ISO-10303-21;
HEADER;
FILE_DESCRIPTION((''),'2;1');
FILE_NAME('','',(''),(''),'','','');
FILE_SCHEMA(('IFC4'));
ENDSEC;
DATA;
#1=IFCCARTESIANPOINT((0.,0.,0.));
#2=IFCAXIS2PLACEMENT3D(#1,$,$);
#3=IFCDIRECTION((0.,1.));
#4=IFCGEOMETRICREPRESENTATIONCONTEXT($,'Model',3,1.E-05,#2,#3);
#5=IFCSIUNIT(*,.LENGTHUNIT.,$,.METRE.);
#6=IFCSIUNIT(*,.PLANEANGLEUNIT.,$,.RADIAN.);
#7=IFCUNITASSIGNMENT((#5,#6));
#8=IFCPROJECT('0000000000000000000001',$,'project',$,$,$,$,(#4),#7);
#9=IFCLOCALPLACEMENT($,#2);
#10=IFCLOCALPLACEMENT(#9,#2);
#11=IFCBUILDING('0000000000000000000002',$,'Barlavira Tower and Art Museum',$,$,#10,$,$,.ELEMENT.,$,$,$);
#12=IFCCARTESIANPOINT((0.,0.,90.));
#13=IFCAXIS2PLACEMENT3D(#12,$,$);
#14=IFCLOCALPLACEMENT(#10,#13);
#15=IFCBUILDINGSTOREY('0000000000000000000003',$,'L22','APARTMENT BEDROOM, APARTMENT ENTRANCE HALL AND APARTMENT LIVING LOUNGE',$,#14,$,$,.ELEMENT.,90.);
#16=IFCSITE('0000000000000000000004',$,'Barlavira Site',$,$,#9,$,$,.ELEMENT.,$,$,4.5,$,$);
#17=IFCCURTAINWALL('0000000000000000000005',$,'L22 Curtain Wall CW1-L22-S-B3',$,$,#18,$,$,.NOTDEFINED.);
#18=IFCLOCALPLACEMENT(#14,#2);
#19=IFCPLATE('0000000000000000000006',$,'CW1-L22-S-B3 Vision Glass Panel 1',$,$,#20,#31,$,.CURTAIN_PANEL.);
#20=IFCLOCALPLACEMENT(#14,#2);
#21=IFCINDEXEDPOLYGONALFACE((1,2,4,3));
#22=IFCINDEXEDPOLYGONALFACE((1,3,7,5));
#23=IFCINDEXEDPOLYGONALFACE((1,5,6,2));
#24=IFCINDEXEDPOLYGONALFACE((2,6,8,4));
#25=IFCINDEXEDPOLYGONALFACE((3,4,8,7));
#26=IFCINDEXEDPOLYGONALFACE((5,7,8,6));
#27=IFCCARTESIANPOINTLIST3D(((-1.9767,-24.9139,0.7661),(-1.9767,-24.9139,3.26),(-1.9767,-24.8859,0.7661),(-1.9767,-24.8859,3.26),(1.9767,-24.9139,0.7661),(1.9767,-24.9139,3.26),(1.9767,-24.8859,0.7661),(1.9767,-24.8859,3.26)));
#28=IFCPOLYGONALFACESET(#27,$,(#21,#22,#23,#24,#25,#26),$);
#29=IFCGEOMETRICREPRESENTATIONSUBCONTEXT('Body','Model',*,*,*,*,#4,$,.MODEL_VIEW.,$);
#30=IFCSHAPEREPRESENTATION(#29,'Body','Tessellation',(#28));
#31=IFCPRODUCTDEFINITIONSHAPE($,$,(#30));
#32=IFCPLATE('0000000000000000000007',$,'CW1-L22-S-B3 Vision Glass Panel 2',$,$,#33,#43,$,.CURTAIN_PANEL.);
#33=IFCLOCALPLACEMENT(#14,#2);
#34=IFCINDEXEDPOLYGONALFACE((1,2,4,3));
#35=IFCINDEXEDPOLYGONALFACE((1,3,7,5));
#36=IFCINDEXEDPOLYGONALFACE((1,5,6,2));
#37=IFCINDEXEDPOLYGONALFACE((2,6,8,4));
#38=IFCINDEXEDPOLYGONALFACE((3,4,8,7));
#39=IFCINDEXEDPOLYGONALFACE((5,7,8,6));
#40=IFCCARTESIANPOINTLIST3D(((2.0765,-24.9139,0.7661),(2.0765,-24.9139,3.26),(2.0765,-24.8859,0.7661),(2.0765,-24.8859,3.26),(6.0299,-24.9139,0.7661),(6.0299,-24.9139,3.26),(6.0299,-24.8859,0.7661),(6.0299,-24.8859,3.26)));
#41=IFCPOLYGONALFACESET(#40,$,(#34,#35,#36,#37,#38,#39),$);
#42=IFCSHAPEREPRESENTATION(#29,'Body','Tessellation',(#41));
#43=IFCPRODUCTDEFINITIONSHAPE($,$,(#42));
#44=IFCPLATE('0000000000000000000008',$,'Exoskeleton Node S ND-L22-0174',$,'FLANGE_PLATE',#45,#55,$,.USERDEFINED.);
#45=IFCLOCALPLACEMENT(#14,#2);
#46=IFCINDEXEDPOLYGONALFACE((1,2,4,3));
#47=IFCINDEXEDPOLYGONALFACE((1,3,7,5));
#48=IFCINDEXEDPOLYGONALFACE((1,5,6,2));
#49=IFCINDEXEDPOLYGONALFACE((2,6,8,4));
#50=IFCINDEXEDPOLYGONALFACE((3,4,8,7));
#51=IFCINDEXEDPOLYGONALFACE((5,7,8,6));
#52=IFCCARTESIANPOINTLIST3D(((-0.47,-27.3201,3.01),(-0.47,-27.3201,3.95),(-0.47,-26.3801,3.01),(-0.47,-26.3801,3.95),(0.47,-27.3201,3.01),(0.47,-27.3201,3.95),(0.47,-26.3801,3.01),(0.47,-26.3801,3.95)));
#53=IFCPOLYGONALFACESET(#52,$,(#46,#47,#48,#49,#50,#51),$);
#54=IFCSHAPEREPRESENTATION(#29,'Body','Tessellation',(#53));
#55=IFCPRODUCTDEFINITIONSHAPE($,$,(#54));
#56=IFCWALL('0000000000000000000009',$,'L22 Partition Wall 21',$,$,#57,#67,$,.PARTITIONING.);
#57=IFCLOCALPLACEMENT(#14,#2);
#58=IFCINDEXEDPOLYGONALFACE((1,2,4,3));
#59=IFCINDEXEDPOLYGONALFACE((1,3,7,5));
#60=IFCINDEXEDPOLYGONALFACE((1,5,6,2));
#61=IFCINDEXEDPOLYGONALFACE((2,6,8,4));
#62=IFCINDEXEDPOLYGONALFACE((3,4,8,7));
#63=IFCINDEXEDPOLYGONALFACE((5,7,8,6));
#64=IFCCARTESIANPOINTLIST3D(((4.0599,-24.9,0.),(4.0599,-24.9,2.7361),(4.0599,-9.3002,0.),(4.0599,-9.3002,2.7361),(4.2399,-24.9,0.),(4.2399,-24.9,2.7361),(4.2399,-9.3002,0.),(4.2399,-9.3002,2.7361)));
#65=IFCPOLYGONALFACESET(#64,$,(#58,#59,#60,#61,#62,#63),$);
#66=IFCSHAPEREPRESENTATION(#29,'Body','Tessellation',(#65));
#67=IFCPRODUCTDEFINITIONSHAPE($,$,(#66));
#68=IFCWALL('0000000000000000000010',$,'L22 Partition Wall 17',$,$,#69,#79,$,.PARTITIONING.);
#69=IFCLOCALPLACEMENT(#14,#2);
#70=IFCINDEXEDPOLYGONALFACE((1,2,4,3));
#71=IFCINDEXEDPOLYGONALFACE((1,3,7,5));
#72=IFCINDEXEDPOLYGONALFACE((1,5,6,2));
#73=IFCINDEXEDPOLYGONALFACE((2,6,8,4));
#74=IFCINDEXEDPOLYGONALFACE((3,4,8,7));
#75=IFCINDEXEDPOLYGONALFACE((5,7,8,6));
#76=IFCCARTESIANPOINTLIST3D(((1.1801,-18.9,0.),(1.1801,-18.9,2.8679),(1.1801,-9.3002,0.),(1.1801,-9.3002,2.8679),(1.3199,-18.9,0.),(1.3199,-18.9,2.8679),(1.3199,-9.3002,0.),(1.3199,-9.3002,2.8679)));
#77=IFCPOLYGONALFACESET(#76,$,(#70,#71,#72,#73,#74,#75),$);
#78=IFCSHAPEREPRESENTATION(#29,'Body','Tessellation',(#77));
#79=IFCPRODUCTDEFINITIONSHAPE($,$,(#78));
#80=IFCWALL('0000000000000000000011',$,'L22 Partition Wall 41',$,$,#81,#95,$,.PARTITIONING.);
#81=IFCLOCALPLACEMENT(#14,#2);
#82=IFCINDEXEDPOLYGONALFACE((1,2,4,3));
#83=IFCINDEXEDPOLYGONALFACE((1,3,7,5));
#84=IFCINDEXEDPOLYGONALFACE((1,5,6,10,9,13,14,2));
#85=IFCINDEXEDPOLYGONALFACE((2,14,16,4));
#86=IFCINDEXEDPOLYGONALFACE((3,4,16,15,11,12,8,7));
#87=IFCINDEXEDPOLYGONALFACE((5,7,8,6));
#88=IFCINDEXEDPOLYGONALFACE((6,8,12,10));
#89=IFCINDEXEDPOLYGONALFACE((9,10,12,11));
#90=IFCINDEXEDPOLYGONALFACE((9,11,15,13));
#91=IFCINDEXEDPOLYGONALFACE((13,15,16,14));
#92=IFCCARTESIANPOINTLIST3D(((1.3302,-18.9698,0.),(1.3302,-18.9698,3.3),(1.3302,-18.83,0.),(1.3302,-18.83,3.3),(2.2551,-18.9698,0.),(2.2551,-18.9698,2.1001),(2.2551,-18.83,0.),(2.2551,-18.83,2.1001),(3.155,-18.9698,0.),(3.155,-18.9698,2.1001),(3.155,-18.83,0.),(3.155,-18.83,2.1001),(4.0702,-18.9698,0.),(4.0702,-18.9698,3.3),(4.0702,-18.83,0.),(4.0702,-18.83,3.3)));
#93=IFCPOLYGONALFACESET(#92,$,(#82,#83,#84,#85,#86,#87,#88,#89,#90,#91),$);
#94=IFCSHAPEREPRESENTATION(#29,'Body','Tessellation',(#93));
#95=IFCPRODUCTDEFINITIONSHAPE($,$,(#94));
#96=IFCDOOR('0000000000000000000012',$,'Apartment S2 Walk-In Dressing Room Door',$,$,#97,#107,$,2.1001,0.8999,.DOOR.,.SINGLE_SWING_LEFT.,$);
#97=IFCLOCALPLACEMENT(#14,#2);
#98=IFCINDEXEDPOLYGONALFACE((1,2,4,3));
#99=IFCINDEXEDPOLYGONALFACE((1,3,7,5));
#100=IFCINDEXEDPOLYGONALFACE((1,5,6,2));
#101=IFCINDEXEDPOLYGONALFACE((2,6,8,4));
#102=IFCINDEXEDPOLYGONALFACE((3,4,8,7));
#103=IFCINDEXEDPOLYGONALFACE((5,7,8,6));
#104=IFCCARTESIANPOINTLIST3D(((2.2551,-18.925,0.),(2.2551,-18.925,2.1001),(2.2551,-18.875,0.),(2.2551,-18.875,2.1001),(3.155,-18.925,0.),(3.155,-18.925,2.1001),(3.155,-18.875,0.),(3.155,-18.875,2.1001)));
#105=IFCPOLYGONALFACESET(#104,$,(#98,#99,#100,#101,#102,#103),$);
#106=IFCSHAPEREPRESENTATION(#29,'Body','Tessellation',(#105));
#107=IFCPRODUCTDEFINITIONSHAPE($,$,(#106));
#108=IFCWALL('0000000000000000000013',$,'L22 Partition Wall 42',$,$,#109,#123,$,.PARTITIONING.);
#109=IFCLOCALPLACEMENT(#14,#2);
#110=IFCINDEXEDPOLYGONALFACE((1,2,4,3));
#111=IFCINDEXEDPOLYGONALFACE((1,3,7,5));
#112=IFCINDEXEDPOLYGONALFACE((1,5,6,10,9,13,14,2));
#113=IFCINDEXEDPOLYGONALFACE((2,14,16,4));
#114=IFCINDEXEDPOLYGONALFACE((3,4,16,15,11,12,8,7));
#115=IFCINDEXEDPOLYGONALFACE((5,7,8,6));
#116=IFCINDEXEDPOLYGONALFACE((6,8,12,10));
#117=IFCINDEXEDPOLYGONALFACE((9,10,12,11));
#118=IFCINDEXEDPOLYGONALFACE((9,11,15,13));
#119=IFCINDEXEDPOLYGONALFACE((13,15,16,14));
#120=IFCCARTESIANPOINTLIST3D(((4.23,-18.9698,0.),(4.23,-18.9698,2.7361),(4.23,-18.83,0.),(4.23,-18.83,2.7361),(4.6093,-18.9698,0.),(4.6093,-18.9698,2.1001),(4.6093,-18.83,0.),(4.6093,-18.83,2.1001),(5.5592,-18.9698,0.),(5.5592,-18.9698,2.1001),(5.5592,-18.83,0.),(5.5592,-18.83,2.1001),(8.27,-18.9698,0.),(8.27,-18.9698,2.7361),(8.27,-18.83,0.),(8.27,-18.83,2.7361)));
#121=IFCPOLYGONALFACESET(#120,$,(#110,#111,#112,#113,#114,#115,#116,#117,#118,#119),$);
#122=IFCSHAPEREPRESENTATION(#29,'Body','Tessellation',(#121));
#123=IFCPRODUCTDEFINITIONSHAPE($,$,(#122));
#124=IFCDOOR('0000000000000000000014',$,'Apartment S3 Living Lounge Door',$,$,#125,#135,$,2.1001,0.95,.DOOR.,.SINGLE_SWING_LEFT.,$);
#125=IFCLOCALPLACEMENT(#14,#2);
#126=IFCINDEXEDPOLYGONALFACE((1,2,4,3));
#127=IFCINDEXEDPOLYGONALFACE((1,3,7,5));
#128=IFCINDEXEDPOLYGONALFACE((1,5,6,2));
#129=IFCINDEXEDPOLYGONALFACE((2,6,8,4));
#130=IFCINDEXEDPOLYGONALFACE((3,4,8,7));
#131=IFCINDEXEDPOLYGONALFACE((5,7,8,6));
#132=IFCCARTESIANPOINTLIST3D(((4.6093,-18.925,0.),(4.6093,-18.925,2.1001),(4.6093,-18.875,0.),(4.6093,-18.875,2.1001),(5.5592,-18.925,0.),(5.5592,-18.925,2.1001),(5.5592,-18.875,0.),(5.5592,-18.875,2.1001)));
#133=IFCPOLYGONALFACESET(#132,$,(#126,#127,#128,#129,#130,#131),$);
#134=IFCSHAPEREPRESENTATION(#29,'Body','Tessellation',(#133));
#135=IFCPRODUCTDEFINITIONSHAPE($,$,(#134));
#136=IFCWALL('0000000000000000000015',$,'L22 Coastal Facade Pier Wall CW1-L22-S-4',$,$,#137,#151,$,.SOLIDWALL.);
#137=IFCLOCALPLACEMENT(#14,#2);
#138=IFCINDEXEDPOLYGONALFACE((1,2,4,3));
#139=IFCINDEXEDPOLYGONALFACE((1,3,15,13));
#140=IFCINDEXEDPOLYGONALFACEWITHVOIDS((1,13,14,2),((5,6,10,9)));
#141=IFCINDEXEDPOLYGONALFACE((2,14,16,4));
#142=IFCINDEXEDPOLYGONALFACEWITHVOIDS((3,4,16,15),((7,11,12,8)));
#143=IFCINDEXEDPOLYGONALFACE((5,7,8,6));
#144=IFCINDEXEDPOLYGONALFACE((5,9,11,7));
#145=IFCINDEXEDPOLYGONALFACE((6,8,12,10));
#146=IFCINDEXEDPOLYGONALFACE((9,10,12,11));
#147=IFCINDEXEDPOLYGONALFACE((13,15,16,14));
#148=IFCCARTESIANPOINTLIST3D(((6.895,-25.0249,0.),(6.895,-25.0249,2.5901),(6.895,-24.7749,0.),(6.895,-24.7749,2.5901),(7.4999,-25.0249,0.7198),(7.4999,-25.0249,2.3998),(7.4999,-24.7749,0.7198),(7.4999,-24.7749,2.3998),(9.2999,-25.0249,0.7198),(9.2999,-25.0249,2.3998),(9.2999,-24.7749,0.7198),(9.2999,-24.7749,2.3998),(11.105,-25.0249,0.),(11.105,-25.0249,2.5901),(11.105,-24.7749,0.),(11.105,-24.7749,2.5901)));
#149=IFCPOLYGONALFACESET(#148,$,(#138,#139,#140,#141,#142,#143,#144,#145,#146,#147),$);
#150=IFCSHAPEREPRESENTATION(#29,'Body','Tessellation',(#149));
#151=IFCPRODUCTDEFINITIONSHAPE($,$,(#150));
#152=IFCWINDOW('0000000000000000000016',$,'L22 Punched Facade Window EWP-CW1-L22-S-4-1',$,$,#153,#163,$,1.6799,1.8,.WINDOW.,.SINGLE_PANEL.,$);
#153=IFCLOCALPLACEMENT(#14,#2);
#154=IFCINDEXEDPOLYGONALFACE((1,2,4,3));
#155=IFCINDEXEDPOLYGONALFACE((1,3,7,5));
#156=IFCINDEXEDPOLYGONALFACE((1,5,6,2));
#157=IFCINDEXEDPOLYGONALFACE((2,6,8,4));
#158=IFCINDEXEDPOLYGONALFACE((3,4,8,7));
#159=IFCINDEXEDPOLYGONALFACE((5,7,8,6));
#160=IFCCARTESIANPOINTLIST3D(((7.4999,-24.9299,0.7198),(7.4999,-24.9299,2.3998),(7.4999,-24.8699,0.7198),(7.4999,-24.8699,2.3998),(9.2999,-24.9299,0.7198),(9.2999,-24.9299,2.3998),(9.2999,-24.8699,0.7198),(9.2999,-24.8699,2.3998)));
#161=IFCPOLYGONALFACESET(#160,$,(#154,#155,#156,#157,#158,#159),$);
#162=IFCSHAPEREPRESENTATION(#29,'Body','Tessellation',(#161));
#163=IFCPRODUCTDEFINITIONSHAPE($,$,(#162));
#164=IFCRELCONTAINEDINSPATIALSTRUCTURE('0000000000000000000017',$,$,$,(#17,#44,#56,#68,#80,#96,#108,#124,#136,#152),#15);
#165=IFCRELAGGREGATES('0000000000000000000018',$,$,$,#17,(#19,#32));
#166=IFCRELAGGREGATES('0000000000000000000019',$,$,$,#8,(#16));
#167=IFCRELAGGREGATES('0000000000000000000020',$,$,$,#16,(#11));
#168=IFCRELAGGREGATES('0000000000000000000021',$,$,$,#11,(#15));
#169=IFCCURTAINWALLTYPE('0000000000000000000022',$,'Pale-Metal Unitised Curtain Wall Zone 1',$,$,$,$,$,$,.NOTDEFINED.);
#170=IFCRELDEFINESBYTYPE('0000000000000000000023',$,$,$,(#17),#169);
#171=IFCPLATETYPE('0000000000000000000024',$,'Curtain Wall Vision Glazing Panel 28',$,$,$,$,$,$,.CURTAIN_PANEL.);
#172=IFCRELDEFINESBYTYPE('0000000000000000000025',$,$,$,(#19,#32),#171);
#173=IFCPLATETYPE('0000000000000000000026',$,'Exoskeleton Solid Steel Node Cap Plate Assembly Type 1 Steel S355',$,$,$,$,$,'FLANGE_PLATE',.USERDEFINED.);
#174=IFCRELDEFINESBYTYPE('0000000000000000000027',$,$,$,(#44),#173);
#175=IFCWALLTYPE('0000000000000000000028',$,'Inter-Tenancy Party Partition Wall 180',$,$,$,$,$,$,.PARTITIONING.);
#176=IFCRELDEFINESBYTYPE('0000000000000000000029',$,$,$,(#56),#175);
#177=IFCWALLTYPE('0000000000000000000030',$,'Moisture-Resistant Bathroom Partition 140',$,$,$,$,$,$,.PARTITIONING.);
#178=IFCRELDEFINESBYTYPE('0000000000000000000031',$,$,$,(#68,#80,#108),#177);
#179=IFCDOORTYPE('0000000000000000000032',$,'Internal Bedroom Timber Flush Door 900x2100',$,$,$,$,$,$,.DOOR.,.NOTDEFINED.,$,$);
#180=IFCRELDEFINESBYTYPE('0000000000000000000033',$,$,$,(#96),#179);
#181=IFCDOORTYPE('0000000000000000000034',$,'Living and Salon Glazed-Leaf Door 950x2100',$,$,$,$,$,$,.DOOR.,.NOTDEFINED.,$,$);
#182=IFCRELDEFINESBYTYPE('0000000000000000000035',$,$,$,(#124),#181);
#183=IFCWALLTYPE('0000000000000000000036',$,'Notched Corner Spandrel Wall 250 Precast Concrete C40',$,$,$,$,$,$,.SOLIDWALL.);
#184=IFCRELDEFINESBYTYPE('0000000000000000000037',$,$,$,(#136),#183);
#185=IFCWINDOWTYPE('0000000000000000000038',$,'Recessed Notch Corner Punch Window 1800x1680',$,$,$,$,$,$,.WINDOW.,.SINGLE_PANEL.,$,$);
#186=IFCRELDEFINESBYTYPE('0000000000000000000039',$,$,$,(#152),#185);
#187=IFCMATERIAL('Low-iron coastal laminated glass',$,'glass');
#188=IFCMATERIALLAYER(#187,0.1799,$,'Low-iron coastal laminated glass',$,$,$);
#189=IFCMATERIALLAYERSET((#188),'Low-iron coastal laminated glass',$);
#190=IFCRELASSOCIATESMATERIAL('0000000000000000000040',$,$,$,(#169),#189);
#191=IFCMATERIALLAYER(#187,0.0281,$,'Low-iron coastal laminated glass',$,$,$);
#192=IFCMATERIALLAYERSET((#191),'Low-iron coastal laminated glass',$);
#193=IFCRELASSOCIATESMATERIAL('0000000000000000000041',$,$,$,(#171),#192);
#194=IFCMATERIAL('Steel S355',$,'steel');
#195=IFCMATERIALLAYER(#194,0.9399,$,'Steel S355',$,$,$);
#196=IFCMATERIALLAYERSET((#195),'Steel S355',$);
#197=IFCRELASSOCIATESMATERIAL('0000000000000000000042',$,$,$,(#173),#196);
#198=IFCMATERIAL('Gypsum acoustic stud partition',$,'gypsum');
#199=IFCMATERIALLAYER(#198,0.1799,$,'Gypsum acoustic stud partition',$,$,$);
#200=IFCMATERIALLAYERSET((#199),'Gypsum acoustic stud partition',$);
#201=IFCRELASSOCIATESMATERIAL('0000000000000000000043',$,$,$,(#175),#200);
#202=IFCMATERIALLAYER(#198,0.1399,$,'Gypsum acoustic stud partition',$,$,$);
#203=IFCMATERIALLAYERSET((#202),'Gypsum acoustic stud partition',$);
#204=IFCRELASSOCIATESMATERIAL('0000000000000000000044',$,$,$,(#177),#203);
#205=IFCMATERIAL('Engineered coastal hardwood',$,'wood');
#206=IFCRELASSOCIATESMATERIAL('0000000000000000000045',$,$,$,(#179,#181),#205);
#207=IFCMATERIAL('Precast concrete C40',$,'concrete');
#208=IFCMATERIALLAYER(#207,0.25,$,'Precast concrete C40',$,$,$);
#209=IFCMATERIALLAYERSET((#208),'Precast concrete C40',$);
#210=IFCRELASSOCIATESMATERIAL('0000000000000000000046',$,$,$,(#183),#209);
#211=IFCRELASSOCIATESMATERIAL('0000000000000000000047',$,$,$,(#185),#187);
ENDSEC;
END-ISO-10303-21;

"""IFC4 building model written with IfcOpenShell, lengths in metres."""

from ifc_helpers import new_model, si_unit, direction, frame, frame_2d, origin, origin_2d, place, context, subcontext, project, spatial, rectangle, extrude, material, layer, layer_set, type_object, element, fill, aggregate, save


model = new_model("IFC4")

# Units and contexts
model_context = context("Model", 3, precision=1e-05, world=origin(), true_north=direction((0.0, 1.0)))
body_context = subcontext(model_context, "Body", "Model", "MODEL_VIEW")
ifc_project = project(units=[si_unit("LENGTHUNIT", "METRE"), si_unit("PLANEANGLEUNIT", "RADIAN")], contexts=[model_context])

# Site, building, storey
site_placement = place(None, origin())
site = spatial("IfcSite", under=ifc_project, at=site_placement, Name="Barlavira Site", CompositionType="ELEMENT", RefElevation=4.5)
building_placement = place(site_placement, origin())
building = spatial("IfcBuilding", under=site, at=building_placement, Name="Barlavira Tower and Art Museum", CompositionType="ELEMENT")
storey_placement = place(building_placement, frame((0.0, 0.0, 90.0)))
storey = spatial("IfcBuildingStorey", under=building, at=storey_placement, Name="L22", Description="APARTMENT BEDROOM, APARTMENT ENTRANCE HALL AND APARTMENT LIVING LOUNGE", CompositionType="ELEMENT", Elevation=90.0)

# Curtain wall
ifc_material_1 = material(Name="Low-iron coastal laminated glass", Category="glass")
ifc_layer_1 = layer(ifc_material_1, 0.1799, Name="Low-iron coastal laminated glass")
ifc_layer_set_1 = layer_set([ifc_layer_1], Name="Low-iron coastal laminated glass")
curtain_wall_type = type_object("IfcCurtainWallType", Name="Pale-Metal Unitised Curtain Wall Zone 1", PredefinedType="NOTDEFINED", material=ifc_layer_set_1)
curtain_wall_placement = place(storey_placement, origin())
curtain_wall = element("IfcCurtainWall", 1, at=curtain_wall_placement, inside=storey, type_object=curtain_wall_type, Name="L22 Curtain Wall CW1-L22-S-B3", PredefinedType="NOTDEFINED")

# Shared definitions
ifc_material_2 = material(Name="Steel S355", Category="steel")

# Plates
ifc_layer_2 = layer(ifc_material_1, 0.0281, Name="Low-iron coastal laminated glass")
ifc_layer_set_2 = layer_set([ifc_layer_2], Name="Low-iron coastal laminated glass")
plate_type_1 = type_object("IfcPlateType", Name="Curtain Wall Vision Glazing Panel 28", PredefinedType="CURTAIN_PANEL", material=ifc_layer_set_2)
plate_1_placement = place(storey_placement, frame((0.0, -24.8999, 0.7661), z_axis=(0.0, 0.0, 1.0), x_axis=(1.0, 0.0, 0.0)))
plate_1 = element("IfcPlate", 2, at=plate_1_placement, type_object=plate_type_1, Name="CW1-L22-S-B3 Vision Glass Panel 1", PredefinedType="CURTAIN_PANEL", context=body_context, shape_type="SweptSolid", body=[
    extrude(rectangle(XDim=3.9534, YDim=0.0281, at=origin_2d()), origin(), (0.0, 0.0, 1.0), 2.4939),
])
plate_2_placement = place(storey_placement, frame((4.0532, -24.8999, 0.7661), z_axis=(0.0, 0.0, 1.0), x_axis=(1.0, 0.0, 0.0)))
plate_2 = element("IfcPlate", 3, at=plate_2_placement, type_object=plate_type_1, Name="CW1-L22-S-B3 Vision Glass Panel 2", PredefinedType="CURTAIN_PANEL", context=body_context, shape_type="SweptSolid", body=[
    extrude(rectangle(XDim=3.9534, YDim=0.0281, at=origin_2d()), origin(), (0.0, 0.0, 1.0), 2.4939),
])
aggregate(curtain_wall, [plate_1, plate_2])
ifc_layer_3 = layer(ifc_material_2, 0.9399, Name="Steel S355")
ifc_layer_set_3 = layer_set([ifc_layer_3], Name="Steel S355")
plate_type_2 = type_object("IfcPlateType", Name="Exoskeleton Solid Steel Node Cap Plate Assembly Type 1 Steel S355", ElementType="FLANGE_PLATE", PredefinedType="USERDEFINED", material=ifc_layer_set_3)
plate_3_placement = place(storey_placement, frame((0.0, -26.8501, 3.01), z_axis=(0.0, 0.0, 1.0), x_axis=(1.0, 0.0, 0.0)))
element("IfcPlate", 4, at=plate_3_placement, inside=storey, type_object=plate_type_2, Name="Exoskeleton Node S ND-L22-0174", ObjectType="FLANGE_PLATE", PredefinedType="USERDEFINED", context=body_context, shape_type="SweptSolid", body=[
    extrude(rectangle(XDim=0.9399, YDim=0.9399, at=origin_2d()), origin(), (0.0, 0.0, 1.0), 0.9399),
])

# Walls
ifc_material_3 = material(Name="Gypsum acoustic stud partition", Category="gypsum")
ifc_layer_4 = layer(ifc_material_3, 0.1799, Name="Gypsum acoustic stud partition")
ifc_layer_set_4 = layer_set([ifc_layer_4], Name="Gypsum acoustic stud partition")
wall_type_1 = type_object("IfcWallType", Name="Inter-Tenancy Party Partition Wall 180", PredefinedType="PARTITIONING", material=ifc_layer_set_4)
wall_1_placement = place(storey_placement, frame((4.1499, -24.8999, 0.0), z_axis=(0.0, 0.0, 1.0), x_axis=(0.0, 1.0, 0.0)))
element("IfcWall", 5, at=wall_1_placement, inside=storey, type_object=wall_type_1, Name="L22 Partition Wall 21", PredefinedType="PARTITIONING", context=body_context, shape_type="SweptSolid", body=[
    extrude(rectangle(XDim=15.5999, YDim=0.1799, at=frame_2d((7.7998, 0.0))), origin(), (0.0, 0.0, 1.0), 2.7361),
])
ifc_layer_5 = layer(ifc_material_3, 0.1399, Name="Gypsum acoustic stud partition")
ifc_layer_set_5 = layer_set([ifc_layer_5], Name="Gypsum acoustic stud partition")
wall_type_2 = type_object("IfcWallType", Name="Moisture-Resistant Bathroom Partition 140", PredefinedType="PARTITIONING", material=ifc_layer_set_5)
wall_2_placement = place(storey_placement, frame((1.25, -18.8999, 0.0), z_axis=(0.0, 0.0, 1.0), x_axis=(0.0, 1.0, 0.0)))
element("IfcWall", 6, at=wall_2_placement, inside=storey, type_object=wall_type_2, Name="L22 Partition Wall 17", PredefinedType="PARTITIONING", context=body_context, shape_type="SweptSolid", body=[
    extrude(rectangle(XDim=9.5999, YDim=0.1399, at=frame_2d((4.7998, 0.0))), origin(), (0.0, 0.0, 1.0), 2.8679),
])

# Walls, openings, doors
wall_3_placement = place(storey_placement, frame((1.3301, -18.8999, 0.0), z_axis=(0.0, 0.0, 1.0), x_axis=(1.0, 0.0, 0.0)))
wall_3 = element("IfcWall", 7, at=wall_3_placement, inside=storey, type_object=wall_type_2, Name="L22 Partition Wall 41", PredefinedType="PARTITIONING", context=body_context, shape_type="SweptSolid", body=[
    extrude(rectangle(XDim=2.74, YDim=0.1399, at=frame_2d((1.3701, 0.0))), origin(), (0.0, 0.0, 1.0), 3.3),
])
opening_1_placement = place(wall_3_placement, frame((0.925, 0.0, 0.0)))
opening_1 = element("IfcOpeningElement", 8, at=opening_1_placement, cuts=wall_3, PredefinedType="OPENING", context=body_context, shape_type="SweptSolid", body=[
    extrude(rectangle(XDim=0.8999, YDim=2.1001, at=frame_2d((0.45, 1.05))), frame((0.0, 0.0801, 0.0), z_axis=(0.0, -1.0, 0.0), x_axis=(1.0, 0.0, 0.0)), (0.0, 0.0, 1.0), 0.1599),
])
ifc_material_4 = material(Name="Engineered coastal hardwood", Category="wood")
door_type_1 = type_object("IfcDoorType", Name="Internal Bedroom Timber Flush Door 900x2100", OperationType="NOTDEFINED", PredefinedType="DOOR", material=ifc_material_4)
door_1_placement = place(opening_1_placement, origin())
door_1 = element("IfcDoor", 9, at=door_1_placement, inside=storey, type_object=door_type_1, Name="Apartment S2 Walk-In Dressing Room Door", OperationType="SINGLE_SWING_LEFT", OverallHeight=2.1001, OverallWidth=0.8999, PredefinedType="DOOR", context=body_context, shape_type="SweptSolid", body=[
    extrude(rectangle(XDim=0.8999, YDim=2.1001, at=frame_2d((0.45, 1.05))), frame((0.0, 0.0249, 0.0), z_axis=(0.0, -1.0, 0.0), x_axis=(1.0, 0.0, 0.0)), (0.0, 0.0, 1.0), 0.05),
])
fill(opening_1, door_1)
wall_4_placement = place(storey_placement, frame((4.23, -18.8999, 0.0), z_axis=(0.0, 0.0, 1.0), x_axis=(1.0, 0.0, 0.0)))
wall_4 = element("IfcWall", 10, at=wall_4_placement, inside=storey, type_object=wall_type_2, Name="L22 Partition Wall 42", PredefinedType="PARTITIONING", context=body_context, shape_type="SweptSolid", body=[
    extrude(rectangle(XDim=4.04, YDim=0.1399, at=frame_2d((2.02, 0.0))), origin(), (0.0, 0.0, 1.0), 2.7361),
])
opening_2_placement = place(wall_4_placement, frame((0.3792, 0.0, 0.0)))
opening_2 = element("IfcOpeningElement", 11, at=opening_2_placement, cuts=wall_4, PredefinedType="OPENING", context=body_context, shape_type="SweptSolid", body=[
    extrude(rectangle(XDim=0.95, YDim=2.1001, at=frame_2d((0.4751, 1.05))), frame((0.0, 0.0801, 0.0), z_axis=(0.0, -1.0, 0.0), x_axis=(1.0, 0.0, 0.0)), (0.0, 0.0, 1.0), 0.1599),
])
door_type_2 = type_object("IfcDoorType", Name="Living and Salon Glazed-Leaf Door 950x2100", OperationType="NOTDEFINED", PredefinedType="DOOR", material=ifc_material_4)
door_2_placement = place(opening_2_placement, origin())
door_2 = element("IfcDoor", 12, at=door_2_placement, inside=storey, type_object=door_type_2, Name="Apartment S3 Living Lounge Door", OperationType="SINGLE_SWING_LEFT", OverallHeight=2.1001, OverallWidth=0.95, PredefinedType="DOOR", context=body_context, shape_type="SweptSolid", body=[
    extrude(rectangle(XDim=0.95, YDim=2.1001, at=frame_2d((0.4751, 1.05))), frame((0.0, 0.0249, 0.0), z_axis=(0.0, -1.0, 0.0), x_axis=(1.0, 0.0, 0.0)), (0.0, 0.0, 1.0), 0.05),
])
fill(opening_2, door_2)

# Wall, opening, window
ifc_material_5 = material(Name="Precast concrete C40", Category="concrete")
ifc_layer_6 = layer(ifc_material_5, 0.25, Name="Precast concrete C40")
ifc_layer_set_6 = layer_set([ifc_layer_6], Name="Precast concrete C40")
wall_type_3 = type_object("IfcWallType", Name="Notched Corner Spandrel Wall 250 Precast Concrete C40", PredefinedType="SOLIDWALL", material=ifc_layer_set_6)
wall_5_placement = place(storey_placement, frame((6.895, -24.8999, 0.0), z_axis=(0.0, 0.0, 1.0), x_axis=(1.0, 0.0, 0.0)))
wall_5 = element("IfcWall", 13, at=wall_5_placement, inside=storey, type_object=wall_type_3, Name="L22 Coastal Facade Pier Wall CW1-L22-S-4", PredefinedType="SOLIDWALL", context=body_context, shape_type="SweptSolid", body=[
    extrude(rectangle(XDim=4.21, YDim=0.25, at=frame_2d((2.105, 0.0))), origin(), (0.0, 0.0, 1.0), 2.5901),
])
opening_3_placement = place(wall_5_placement, frame((0.605, 0.0, 0.72)))
opening_3 = element("IfcOpeningElement", 14, at=opening_3_placement, cuts=wall_5, PredefinedType="OPENING", context=body_context, shape_type="SweptSolid", body=[
    extrude(rectangle(XDim=1.8, YDim=1.6799, at=frame_2d((0.8999, 0.8398))), frame((0.0, 0.135, 0.0), z_axis=(0.0, -1.0, 0.0), x_axis=(1.0, 0.0, 0.0)), (0.0, 0.0, 1.0), 0.27),
])
window_type = type_object("IfcWindowType", Name="Recessed Notch Corner Punch Window 1800x1680", PartitioningType="SINGLE_PANEL", PredefinedType="WINDOW", material=ifc_material_1)
window_placement = place(opening_3_placement, origin())
window = element("IfcWindow", 15, at=window_placement, inside=storey, type_object=window_type, Name="L22 Punched Facade Window EWP-CW1-L22-S-4-1", OverallHeight=1.6799, OverallWidth=1.8, PartitioningType="SINGLE_PANEL", PredefinedType="WINDOW", context=body_context, shape_type="SweptSolid", body=[
    extrude(rectangle(XDim=1.8, YDim=1.6799, at=frame_2d((0.8999, 0.8398))), frame((0.0, 0.03, 0.0), z_axis=(0.0, -1.0, 0.0), x_axis=(1.0, 0.0, 0.0)), (0.0, 0.0, 1.0), 0.0601),
])
fill(opening_3, window)

save(model, "model.ifc")
